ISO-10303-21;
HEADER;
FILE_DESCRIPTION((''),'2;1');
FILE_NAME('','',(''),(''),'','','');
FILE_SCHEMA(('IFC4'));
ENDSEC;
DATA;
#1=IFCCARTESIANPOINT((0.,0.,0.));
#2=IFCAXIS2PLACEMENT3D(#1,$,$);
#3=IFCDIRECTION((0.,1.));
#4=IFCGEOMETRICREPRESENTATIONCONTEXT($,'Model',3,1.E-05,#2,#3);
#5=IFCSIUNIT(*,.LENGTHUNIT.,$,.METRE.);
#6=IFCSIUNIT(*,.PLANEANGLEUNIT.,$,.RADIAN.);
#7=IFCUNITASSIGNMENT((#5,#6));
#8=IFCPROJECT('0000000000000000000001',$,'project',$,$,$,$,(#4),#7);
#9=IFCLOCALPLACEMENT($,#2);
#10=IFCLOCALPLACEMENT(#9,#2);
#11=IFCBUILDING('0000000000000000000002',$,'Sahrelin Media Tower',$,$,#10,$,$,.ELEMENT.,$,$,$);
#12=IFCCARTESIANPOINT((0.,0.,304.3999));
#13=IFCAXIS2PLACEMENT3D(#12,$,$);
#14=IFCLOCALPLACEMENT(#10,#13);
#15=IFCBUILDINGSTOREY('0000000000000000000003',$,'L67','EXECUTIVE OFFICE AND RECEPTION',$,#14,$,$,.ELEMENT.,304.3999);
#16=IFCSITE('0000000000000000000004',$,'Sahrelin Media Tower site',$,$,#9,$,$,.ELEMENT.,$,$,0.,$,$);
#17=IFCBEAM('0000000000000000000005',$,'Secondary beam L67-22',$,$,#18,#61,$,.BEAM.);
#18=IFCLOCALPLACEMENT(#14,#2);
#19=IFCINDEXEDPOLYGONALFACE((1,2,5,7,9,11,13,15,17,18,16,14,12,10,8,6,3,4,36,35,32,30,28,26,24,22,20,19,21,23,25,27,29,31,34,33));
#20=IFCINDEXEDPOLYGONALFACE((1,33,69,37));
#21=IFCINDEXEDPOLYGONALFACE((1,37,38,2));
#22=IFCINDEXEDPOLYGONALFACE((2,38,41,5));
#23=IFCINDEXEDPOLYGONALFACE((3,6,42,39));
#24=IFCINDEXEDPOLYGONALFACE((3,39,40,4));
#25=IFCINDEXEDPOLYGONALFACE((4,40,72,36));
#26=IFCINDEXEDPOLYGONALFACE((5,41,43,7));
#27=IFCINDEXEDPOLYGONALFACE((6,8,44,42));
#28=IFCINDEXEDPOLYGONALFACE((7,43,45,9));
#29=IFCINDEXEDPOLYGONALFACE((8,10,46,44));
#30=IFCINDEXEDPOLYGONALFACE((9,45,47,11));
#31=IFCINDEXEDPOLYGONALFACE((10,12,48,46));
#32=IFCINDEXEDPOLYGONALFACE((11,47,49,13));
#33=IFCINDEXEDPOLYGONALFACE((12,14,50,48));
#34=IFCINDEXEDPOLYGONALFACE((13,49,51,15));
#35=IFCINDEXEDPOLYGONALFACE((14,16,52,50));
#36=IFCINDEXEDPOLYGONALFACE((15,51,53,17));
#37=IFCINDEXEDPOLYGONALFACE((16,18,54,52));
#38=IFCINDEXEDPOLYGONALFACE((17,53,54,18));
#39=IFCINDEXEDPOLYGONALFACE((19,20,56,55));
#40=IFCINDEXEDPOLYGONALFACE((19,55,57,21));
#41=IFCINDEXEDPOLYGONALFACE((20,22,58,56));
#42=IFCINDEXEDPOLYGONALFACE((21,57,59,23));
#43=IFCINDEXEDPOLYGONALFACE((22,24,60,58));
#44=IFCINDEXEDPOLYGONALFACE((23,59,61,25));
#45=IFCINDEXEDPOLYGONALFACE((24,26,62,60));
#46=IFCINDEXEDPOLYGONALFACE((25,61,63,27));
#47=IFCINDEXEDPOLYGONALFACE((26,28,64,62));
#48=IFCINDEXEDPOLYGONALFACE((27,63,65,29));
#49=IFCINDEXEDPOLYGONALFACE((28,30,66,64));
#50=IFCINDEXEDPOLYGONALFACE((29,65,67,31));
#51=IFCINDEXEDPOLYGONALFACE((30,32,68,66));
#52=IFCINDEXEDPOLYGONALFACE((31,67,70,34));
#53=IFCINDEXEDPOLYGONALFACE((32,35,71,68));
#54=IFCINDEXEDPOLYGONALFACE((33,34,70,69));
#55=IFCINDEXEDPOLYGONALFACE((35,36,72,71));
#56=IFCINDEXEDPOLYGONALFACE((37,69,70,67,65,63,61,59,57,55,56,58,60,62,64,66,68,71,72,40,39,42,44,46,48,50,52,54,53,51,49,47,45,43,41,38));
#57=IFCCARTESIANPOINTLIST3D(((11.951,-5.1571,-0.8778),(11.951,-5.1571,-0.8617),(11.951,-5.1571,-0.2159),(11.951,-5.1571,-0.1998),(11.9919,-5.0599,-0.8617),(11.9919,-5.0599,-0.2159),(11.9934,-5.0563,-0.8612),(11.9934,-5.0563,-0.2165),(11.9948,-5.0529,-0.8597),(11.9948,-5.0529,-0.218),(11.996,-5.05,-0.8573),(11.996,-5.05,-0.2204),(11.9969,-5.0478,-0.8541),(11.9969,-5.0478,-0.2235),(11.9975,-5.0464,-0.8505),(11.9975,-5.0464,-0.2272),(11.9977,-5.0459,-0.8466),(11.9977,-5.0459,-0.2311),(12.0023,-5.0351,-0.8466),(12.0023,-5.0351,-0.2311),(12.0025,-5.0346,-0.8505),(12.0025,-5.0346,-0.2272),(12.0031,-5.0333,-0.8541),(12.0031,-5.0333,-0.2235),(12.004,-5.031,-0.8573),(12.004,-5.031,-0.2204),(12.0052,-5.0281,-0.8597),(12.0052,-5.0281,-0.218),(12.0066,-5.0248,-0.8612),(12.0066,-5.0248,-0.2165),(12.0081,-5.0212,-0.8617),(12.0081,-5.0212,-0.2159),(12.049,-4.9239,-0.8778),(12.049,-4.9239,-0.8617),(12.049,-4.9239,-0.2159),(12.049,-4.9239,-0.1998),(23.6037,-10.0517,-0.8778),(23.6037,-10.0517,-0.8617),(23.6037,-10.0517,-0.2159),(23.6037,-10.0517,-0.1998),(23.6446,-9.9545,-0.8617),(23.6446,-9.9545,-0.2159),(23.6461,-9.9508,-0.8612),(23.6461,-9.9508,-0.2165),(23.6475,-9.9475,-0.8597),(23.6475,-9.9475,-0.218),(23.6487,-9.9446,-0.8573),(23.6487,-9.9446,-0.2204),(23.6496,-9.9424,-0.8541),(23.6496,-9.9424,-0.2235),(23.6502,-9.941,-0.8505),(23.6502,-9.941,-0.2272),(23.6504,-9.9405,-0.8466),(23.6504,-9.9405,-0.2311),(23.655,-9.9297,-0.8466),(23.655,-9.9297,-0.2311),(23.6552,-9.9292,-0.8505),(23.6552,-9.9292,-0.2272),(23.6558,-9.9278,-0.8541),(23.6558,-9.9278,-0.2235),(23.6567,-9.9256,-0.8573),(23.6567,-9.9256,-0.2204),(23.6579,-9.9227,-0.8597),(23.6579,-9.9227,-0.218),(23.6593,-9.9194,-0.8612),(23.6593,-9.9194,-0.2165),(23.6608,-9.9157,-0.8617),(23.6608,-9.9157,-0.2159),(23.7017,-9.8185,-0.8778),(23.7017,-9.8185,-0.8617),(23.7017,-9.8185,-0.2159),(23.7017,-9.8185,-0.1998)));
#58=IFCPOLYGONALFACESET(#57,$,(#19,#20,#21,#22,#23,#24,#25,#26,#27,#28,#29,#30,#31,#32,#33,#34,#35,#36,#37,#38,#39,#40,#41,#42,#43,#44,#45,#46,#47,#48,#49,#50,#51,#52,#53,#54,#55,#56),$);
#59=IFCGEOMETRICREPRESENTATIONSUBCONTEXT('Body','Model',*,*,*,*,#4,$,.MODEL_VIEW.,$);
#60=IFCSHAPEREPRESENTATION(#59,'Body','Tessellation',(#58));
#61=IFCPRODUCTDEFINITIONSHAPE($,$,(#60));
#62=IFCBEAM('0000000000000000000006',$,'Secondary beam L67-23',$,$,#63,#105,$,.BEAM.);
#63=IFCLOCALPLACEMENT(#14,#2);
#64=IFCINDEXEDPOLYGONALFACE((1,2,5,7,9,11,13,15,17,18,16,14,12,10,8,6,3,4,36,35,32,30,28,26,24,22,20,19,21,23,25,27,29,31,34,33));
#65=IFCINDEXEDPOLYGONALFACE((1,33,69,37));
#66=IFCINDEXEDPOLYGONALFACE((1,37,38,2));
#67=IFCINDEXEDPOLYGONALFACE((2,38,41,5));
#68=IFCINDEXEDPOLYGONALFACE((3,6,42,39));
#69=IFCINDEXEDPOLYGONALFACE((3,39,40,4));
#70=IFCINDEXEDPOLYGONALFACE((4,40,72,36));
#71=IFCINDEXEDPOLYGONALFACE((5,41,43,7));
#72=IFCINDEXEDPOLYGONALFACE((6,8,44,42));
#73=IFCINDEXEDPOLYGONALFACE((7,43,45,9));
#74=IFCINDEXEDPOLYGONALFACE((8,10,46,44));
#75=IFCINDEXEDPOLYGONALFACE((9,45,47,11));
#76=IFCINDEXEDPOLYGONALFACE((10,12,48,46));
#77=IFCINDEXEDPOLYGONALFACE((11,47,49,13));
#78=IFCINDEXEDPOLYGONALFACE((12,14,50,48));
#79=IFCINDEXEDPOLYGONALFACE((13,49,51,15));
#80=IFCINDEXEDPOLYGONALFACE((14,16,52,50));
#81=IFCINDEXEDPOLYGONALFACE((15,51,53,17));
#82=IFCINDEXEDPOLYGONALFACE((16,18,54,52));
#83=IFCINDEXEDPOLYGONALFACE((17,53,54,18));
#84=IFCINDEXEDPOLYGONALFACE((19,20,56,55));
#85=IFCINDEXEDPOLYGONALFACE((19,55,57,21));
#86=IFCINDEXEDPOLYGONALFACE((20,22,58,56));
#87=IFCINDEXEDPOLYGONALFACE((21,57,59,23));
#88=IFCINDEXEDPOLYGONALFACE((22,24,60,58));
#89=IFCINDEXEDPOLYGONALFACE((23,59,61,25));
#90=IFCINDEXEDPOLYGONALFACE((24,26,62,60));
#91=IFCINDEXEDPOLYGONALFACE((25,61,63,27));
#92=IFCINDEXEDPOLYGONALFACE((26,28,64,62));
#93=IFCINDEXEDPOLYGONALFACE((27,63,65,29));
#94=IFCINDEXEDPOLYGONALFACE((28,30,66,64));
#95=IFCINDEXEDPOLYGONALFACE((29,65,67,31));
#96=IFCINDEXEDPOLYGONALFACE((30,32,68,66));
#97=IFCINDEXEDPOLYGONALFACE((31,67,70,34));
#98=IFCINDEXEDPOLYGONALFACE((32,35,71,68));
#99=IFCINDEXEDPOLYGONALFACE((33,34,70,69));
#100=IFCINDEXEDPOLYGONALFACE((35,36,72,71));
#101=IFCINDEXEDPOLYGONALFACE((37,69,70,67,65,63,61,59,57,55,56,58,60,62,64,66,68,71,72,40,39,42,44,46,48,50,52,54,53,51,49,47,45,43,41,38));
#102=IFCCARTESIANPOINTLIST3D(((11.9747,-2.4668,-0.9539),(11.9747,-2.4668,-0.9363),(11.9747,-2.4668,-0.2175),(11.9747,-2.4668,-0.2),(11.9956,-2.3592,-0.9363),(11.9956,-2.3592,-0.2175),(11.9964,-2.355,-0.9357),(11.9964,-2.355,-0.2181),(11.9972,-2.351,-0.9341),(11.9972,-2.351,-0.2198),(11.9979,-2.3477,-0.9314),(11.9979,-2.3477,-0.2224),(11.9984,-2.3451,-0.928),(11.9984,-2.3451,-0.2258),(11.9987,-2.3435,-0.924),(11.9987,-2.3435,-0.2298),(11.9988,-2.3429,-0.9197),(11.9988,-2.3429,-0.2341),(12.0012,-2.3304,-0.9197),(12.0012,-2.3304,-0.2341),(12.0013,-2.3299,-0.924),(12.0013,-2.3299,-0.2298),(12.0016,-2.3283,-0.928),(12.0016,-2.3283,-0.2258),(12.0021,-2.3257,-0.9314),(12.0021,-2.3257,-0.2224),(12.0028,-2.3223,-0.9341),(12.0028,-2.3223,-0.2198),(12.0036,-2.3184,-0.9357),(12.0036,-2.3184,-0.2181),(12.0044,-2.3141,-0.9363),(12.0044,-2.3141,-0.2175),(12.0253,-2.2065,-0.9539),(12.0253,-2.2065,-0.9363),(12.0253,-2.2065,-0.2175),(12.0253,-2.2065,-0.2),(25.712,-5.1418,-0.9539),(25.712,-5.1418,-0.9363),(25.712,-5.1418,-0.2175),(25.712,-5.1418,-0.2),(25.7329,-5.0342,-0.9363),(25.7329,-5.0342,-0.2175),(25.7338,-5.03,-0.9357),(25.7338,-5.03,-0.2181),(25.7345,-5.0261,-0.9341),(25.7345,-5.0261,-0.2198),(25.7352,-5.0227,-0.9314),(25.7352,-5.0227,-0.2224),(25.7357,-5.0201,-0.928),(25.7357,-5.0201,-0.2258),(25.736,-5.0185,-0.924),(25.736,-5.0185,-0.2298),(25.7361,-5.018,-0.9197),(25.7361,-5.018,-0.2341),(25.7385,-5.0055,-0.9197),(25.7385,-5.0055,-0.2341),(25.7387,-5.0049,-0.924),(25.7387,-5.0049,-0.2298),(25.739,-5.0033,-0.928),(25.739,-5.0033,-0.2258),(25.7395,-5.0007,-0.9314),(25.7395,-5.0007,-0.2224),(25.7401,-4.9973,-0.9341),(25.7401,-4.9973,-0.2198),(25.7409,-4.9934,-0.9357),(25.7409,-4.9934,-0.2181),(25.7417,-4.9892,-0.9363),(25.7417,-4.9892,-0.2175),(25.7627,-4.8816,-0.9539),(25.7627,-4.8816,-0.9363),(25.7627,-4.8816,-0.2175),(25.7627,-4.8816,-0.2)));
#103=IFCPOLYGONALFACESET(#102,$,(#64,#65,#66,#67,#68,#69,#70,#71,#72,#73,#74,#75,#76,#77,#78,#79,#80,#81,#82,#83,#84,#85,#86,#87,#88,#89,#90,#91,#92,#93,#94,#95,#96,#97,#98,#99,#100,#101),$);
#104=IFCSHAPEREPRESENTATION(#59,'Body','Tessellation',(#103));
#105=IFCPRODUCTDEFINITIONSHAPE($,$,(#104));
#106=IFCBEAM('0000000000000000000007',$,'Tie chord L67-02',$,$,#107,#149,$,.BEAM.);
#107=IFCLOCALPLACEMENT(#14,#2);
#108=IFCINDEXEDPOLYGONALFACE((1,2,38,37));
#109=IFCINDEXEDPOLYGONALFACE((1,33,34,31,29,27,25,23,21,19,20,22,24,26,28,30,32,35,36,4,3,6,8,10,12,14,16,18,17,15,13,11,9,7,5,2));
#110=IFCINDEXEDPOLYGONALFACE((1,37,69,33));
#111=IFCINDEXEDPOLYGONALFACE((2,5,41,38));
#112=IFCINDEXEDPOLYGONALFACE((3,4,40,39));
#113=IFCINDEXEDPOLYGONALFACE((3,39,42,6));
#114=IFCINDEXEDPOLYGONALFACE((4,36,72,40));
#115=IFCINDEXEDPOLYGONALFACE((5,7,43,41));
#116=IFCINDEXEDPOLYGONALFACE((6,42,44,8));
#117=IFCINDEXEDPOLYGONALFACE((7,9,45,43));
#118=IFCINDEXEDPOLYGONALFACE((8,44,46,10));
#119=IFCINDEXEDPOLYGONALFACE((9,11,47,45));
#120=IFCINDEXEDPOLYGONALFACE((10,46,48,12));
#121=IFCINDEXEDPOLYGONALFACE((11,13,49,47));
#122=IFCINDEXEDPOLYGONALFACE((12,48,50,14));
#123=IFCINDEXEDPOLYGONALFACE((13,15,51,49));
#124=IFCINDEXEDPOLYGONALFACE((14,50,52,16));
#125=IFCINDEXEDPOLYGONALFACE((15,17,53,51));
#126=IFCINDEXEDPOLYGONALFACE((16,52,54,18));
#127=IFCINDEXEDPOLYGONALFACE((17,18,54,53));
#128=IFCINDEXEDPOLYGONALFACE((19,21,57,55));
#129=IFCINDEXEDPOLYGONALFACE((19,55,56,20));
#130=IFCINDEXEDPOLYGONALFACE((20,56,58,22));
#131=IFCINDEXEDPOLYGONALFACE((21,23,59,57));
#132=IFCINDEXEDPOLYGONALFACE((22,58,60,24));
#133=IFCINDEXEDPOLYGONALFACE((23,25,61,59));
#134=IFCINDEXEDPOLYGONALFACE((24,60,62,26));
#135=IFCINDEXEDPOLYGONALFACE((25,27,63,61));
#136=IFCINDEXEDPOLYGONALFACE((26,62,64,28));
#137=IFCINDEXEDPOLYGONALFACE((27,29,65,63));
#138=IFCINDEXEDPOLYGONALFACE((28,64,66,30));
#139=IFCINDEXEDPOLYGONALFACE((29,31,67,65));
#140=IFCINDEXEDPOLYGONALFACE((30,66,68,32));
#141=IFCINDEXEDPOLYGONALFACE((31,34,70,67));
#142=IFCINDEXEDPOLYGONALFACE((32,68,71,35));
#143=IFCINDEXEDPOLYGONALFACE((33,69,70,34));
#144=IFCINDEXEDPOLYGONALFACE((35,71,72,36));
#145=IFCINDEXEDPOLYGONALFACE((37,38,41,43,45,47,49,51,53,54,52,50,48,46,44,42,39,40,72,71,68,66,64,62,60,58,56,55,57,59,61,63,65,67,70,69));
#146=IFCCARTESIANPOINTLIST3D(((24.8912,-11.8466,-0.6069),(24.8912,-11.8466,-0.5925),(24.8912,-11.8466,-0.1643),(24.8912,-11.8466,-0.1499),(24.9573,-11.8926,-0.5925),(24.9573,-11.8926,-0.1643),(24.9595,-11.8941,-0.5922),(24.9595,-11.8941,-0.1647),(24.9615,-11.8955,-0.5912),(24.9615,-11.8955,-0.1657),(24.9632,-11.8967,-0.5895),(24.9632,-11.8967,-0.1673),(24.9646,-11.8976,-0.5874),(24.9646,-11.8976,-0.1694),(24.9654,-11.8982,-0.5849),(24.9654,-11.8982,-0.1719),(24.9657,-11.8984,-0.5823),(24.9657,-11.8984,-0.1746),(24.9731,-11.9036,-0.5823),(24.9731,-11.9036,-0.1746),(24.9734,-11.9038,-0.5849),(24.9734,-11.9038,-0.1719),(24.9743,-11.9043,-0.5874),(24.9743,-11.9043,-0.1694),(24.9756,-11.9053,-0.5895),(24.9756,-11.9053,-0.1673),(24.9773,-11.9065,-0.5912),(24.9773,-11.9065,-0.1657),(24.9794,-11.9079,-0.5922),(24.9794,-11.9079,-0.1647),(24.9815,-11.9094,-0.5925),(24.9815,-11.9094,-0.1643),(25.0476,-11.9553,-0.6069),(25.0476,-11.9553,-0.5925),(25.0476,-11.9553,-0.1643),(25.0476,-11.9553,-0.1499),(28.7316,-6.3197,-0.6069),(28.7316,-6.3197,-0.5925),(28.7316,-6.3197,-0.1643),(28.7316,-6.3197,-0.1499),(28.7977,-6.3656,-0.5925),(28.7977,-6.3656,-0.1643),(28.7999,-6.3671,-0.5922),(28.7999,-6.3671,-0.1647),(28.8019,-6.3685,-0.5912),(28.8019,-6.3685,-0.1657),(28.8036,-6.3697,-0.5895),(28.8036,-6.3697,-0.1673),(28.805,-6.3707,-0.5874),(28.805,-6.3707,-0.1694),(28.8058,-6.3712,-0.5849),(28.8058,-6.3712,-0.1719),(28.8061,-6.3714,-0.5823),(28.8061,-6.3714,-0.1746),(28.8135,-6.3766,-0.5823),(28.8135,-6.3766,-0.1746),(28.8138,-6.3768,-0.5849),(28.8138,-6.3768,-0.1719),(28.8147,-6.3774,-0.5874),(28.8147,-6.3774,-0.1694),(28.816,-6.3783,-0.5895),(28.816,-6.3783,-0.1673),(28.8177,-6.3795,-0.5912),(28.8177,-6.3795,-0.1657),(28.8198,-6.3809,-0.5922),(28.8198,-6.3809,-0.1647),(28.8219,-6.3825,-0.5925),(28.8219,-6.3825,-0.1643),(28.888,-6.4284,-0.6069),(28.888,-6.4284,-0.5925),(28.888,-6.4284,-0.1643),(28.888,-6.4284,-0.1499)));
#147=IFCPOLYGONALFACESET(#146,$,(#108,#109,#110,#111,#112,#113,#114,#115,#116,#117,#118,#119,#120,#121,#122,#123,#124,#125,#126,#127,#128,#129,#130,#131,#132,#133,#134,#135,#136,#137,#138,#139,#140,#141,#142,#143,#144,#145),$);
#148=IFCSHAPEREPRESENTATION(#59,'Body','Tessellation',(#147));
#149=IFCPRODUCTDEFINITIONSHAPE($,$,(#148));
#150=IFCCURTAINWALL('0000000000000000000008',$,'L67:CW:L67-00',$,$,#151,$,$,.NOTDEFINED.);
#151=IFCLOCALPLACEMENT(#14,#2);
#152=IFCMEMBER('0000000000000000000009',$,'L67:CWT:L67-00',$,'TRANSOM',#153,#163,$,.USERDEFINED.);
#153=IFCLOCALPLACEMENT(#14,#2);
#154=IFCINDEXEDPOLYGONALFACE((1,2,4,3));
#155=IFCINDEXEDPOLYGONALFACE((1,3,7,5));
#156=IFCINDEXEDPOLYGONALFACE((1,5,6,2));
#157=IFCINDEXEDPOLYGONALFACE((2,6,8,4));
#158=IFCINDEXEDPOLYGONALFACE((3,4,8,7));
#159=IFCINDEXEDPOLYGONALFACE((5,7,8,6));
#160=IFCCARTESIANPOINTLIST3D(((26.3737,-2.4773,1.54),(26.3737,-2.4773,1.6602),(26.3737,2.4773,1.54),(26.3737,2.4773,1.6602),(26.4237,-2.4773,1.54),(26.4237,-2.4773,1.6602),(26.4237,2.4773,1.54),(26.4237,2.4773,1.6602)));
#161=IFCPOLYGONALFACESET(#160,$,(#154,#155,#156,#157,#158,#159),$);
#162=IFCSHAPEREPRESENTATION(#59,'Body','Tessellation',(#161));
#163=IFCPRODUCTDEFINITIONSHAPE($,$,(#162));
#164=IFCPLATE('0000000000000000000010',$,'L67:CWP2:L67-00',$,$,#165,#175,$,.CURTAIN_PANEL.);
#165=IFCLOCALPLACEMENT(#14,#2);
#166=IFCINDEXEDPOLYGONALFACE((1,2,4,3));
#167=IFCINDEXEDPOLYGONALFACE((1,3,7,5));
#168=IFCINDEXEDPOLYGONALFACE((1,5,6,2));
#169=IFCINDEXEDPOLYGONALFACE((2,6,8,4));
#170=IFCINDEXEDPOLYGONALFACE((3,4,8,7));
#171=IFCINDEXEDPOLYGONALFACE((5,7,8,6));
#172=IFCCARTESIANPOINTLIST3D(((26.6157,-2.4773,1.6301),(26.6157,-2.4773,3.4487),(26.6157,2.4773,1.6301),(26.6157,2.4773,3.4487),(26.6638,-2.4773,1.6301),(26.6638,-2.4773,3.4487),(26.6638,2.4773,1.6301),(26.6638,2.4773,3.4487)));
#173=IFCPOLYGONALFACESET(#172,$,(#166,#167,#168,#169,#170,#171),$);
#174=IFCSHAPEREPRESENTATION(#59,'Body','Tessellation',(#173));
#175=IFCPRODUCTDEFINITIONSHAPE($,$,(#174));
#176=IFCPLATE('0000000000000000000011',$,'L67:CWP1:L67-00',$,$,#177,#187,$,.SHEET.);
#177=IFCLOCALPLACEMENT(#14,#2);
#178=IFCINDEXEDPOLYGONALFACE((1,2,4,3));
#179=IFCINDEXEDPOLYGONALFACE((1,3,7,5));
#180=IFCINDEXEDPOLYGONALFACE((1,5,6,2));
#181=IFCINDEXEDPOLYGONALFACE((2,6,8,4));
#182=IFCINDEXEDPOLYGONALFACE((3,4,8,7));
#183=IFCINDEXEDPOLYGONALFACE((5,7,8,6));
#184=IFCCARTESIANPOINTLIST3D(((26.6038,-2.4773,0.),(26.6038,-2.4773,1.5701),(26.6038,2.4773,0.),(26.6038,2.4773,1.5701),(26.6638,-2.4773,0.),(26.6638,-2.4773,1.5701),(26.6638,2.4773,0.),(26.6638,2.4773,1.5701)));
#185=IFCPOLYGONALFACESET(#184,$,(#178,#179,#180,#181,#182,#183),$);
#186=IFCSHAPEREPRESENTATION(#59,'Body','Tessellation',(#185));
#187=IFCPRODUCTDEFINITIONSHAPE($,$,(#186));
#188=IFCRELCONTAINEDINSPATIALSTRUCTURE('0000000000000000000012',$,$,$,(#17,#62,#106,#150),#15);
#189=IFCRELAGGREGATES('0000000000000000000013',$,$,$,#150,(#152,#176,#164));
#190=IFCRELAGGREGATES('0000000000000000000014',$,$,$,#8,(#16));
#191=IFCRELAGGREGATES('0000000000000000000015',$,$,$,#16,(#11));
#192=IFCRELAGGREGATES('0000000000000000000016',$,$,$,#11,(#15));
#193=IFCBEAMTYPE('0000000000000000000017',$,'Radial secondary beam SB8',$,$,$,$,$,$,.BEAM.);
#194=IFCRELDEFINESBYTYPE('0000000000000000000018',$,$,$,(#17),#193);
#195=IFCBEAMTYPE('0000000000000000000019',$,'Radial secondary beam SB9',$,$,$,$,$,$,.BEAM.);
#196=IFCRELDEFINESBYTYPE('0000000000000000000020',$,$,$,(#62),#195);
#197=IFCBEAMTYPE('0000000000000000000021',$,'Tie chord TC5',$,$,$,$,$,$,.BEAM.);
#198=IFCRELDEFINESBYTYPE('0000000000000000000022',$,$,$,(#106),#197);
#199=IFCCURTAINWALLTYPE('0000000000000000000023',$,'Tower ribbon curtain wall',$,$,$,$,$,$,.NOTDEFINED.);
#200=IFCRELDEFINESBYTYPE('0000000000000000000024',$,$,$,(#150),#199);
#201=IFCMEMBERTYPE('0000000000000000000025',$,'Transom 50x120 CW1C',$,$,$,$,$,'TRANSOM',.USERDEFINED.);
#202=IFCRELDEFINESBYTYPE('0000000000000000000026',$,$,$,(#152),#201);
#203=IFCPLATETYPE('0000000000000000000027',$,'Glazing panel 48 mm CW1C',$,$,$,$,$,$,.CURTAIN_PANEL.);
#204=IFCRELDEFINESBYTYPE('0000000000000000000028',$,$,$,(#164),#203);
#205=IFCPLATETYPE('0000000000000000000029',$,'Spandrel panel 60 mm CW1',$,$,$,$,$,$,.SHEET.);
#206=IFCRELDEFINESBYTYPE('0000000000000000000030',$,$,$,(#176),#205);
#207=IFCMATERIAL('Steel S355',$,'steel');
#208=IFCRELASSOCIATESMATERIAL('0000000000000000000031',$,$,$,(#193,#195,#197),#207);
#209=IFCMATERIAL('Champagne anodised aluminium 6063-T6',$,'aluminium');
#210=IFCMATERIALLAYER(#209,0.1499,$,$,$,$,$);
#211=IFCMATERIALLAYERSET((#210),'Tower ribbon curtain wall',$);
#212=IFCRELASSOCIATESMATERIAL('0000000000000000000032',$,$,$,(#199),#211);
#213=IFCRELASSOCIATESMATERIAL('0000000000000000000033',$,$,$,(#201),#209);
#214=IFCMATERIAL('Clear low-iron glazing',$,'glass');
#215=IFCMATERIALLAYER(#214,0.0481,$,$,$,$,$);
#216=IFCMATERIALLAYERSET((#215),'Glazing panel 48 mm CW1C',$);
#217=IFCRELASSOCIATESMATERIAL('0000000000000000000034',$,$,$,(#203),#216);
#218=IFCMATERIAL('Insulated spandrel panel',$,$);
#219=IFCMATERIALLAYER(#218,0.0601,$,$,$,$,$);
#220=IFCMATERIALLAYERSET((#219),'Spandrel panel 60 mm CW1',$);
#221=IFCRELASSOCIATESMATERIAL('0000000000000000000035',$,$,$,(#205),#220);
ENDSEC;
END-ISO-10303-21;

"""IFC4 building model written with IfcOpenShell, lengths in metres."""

from ifc_helpers import new_model, si_unit, direction, frame, origin, origin_2d, place, context, subcontext, project, spatial, polyline, rectangle, i_section, outline, extrude, material, layer, layer_set, material_profile, profile_set, type_object, element, aggregate, save


model = new_model("IFC4")

# Units and contexts
model_context = context("Model", 3, precision=1e-05, world=origin(), true_north=direction((0.0, 1.0)))
body_context = subcontext(model_context, "Body", "Model", "MODEL_VIEW")
ifc_project = project(units=[si_unit("LENGTHUNIT", "METRE"), si_unit("PLANEANGLEUNIT", "RADIAN")], contexts=[model_context])

# Site, building, storey
site_placement = place(None, origin())
site = spatial("IfcSite", under=ifc_project, at=site_placement, Name="Sahrelin Media Tower site", CompositionType="ELEMENT", RefElevation=0.0)
building_placement = place(site_placement, origin())
building = spatial("IfcBuilding", under=site, at=building_placement, Name="Sahrelin Media Tower", CompositionType="ELEMENT")
storey_placement = place(building_placement, frame((0.0, 0.0, 304.3999)))
storey = spatial("IfcBuildingStorey", under=building, at=storey_placement, Name="L67", Description="EXECUTIVE OFFICE AND RECEPTION", CompositionType="ELEMENT", Elevation=304.3999)

# Beams
ifc_material_1 = material(Name="Steel S355", Category="steel")
ifc_material_profile_1 = material_profile(ifc_material_1, i_section(OverallWidth=0.2529, OverallDepth=0.678, WebThickness=0.0117, FlangeThickness=0.0161, FilletRadius=0.0151, at=origin_2d()), Name="UB 686x254x125")
ifc_profile_set_1 = profile_set([ifc_material_profile_1], Name="Steel S355")
beam_type_1 = type_object("IfcBeamType", Name="Radial secondary beam SB8", PredefinedType="BEAM", material=ifc_profile_set_1)
beam_1_placement = place(storey_placement, frame((12.0, -5.0405, -0.5388), z_axis=(0.92197, -0.387262, 0.0), x_axis=(0.387262, 0.92197, 0.0)))
element("IfcBeam", 1, at=beam_1_placement, inside=storey, type_object=beam_type_1, Name="Secondary beam L67-22", PredefinedType="BEAM", context=body_context, shape_type="SweptSolid", body=[
    extrude(i_section(OverallWidth=0.2529, OverallDepth=0.678, WebThickness=0.0117, FlangeThickness=0.0161, FilletRadius=0.0151, at=origin_2d()), origin(), (0.0, 0.0, 1.0), 12.6389),
])
ifc_material_profile_2 = material_profile(ifc_material_1, i_section(OverallWidth=0.2651, OverallDepth=0.7539, WebThickness=0.0127, FlangeThickness=0.0176, FilletRadius=0.0166, at=origin_2d()), Name="UB 762x267x147")
ifc_profile_set_2 = profile_set([ifc_material_profile_2], Name="Steel S355")
beam_type_2 = type_object("IfcBeamType", Name="Radial secondary beam SB9", PredefinedType="BEAM", material=ifc_profile_set_2)
beam_2_placement = place(storey_placement, frame((12.0, -2.3367, -0.5769), z_axis=(0.981563, -0.191139, 0.0), x_axis=(0.191139, 0.981563, 0.0)))
element("IfcBeam", 2, at=beam_2_placement, inside=storey, type_object=beam_type_2, Name="Secondary beam L67-23", PredefinedType="BEAM", context=body_context, shape_type="SweptSolid", body=[
    extrude(i_section(OverallWidth=0.2651, OverallDepth=0.7539, WebThickness=0.0127, FlangeThickness=0.0176, FilletRadius=0.0166, at=origin_2d()), origin(), (0.0, 0.0, 1.0), 13.9954),
])
ifc_material_profile_3 = material_profile(ifc_material_1, i_section(OverallWidth=0.1904, OverallDepth=0.457, WebThickness=0.009, FlangeThickness=0.0144, FilletRadius=0.0103, at=origin_2d()), Name="UB 457x191x74")
ifc_profile_set_3 = profile_set([ifc_material_profile_3], Name="Steel S355")
beam_type_3 = type_object("IfcBeamType", Name="Tie chord TC5", PredefinedType="BEAM", material=ifc_profile_set_3)
beam_3_placement = place(storey_placement, frame((28.8098, -6.374, -0.3784), z_axis=(-0.57062, -0.821214, 0.0), x_axis=(0.821214, -0.57062, 0.0)))
element("IfcBeam", 3, at=beam_3_placement, inside=storey, type_object=beam_type_3, Name="Tie chord L67-02", PredefinedType="BEAM", context=body_context, shape_type="SweptSolid", body=[
    extrude(i_section(OverallWidth=0.1904, OverallDepth=0.457, WebThickness=0.009, FlangeThickness=0.0144, FilletRadius=0.0103, at=origin_2d()), origin(), (0.0, 0.0, 1.0), 6.7302),
])

# Curtain wall, member, plates
ifc_material_2 = material(Name="Champagne anodised aluminium 6063-T6", Category="aluminium")
ifc_layer_1 = layer(ifc_material_2, 0.1499)
ifc_layer_set_1 = layer_set([ifc_layer_1], Name="Tower ribbon curtain wall")
curtain_wall_type = type_object("IfcCurtainWallType", Name="Tower ribbon curtain wall", PredefinedType="NOTDEFINED", material=ifc_layer_set_1)
curtain_wall_placement = place(storey_placement, frame((26.6438, 0.0, 0.0), z_axis=(0.0, 0.0, 1.0), x_axis=(1.0, 0.0, 0.0)))
curtain_wall = element("IfcCurtainWall", 4, at=curtain_wall_placement, inside=storey, type_object=curtain_wall_type, Name="L67:CW:L67-00", PredefinedType="NOTDEFINED")
ifc_material_profile_4 = material_profile(ifc_material_2, rectangle(XDim=0.05, YDim=0.1201, at=origin_2d()), Name="Transom 50x120")
ifc_profile_set_4 = profile_set([ifc_material_profile_4], Name="Champagne anodised aluminium 6063-T6")
member_type = type_object("IfcMemberType", Name="Transom 50x120 CW1C", ElementType="TRANSOM", PredefinedType="USERDEFINED", material=ifc_profile_set_4)
member_placement = place(storey_placement, frame((26.3987, -2.4773, 1.6001), z_axis=(0.0, 1.0, 0.0), x_axis=(-1.0, 0.0, 0.0)))
member = element("IfcMember", 5, at=member_placement, type_object=member_type, Name="L67:CWT:L67-00", ObjectType="TRANSOM", PredefinedType="USERDEFINED", context=body_context, shape_type="SweptSolid", body=[
    extrude(rectangle(XDim=0.05, YDim=0.1201, at=origin_2d()), origin(), (0.0, 0.0, 1.0), 4.9546),
])
ifc_material_3 = material(Name="Clear low-iron glazing", Category="glass")
ifc_layer_2 = layer(ifc_material_3, 0.0481)
ifc_layer_set_2 = layer_set([ifc_layer_2], Name="Glazing panel 48 mm CW1C")
plate_type_1 = type_object("IfcPlateType", Name="Glazing panel 48 mm CW1C", PredefinedType="CURTAIN_PANEL", material=ifc_layer_set_2)
plate_1_placement = place(storey_placement, frame((26.6638, -2.4773, 1.6301), z_axis=(1.0, 0.0, 0.0), x_axis=(0.0, 1.0, 0.0)))
plate_1 = element("IfcPlate", 6, at=plate_1_placement, type_object=plate_type_1, Name="L67:CWP2:L67-00", PredefinedType="CURTAIN_PANEL", context=body_context, shape_type="SweptSolid", body=[
    extrude(outline(polyline([(0.0, 0.0), (4.9546, 0.0), (4.9546, 1.8186), (0.0, 1.8186), (0.0, 0.0)])), origin(), (0.0, 0.0, -1.0), 0.0481),
])
ifc_material_4 = material(Name="Insulated spandrel panel")
ifc_layer_3 = layer(ifc_material_4, 0.0601)
ifc_layer_set_3 = layer_set([ifc_layer_3], Name="Spandrel panel 60 mm CW1")
plate_type_2 = type_object("IfcPlateType", Name="Spandrel panel 60 mm CW1", PredefinedType="SHEET", material=ifc_layer_set_3)
plate_2_placement = place(storey_placement, frame((26.6638, -2.4773, 0.0), z_axis=(1.0, 0.0, 0.0), x_axis=(0.0, 1.0, 0.0)))
plate_2 = element("IfcPlate", 7, at=plate_2_placement, type_object=plate_type_2, Name="L67:CWP1:L67-00", PredefinedType="SHEET", context=body_context, shape_type="SweptSolid", body=[
    extrude(outline(polyline([(0.0, 0.0), (4.9546, 0.0), (4.9546, 1.5701), (0.0, 1.5701), (0.0, 0.0)])), origin(), (0.0, 0.0, -1.0), 0.0601),
])
aggregate(curtain_wall, [member, plate_2, plate_1])

save(model, "model.ifc")
